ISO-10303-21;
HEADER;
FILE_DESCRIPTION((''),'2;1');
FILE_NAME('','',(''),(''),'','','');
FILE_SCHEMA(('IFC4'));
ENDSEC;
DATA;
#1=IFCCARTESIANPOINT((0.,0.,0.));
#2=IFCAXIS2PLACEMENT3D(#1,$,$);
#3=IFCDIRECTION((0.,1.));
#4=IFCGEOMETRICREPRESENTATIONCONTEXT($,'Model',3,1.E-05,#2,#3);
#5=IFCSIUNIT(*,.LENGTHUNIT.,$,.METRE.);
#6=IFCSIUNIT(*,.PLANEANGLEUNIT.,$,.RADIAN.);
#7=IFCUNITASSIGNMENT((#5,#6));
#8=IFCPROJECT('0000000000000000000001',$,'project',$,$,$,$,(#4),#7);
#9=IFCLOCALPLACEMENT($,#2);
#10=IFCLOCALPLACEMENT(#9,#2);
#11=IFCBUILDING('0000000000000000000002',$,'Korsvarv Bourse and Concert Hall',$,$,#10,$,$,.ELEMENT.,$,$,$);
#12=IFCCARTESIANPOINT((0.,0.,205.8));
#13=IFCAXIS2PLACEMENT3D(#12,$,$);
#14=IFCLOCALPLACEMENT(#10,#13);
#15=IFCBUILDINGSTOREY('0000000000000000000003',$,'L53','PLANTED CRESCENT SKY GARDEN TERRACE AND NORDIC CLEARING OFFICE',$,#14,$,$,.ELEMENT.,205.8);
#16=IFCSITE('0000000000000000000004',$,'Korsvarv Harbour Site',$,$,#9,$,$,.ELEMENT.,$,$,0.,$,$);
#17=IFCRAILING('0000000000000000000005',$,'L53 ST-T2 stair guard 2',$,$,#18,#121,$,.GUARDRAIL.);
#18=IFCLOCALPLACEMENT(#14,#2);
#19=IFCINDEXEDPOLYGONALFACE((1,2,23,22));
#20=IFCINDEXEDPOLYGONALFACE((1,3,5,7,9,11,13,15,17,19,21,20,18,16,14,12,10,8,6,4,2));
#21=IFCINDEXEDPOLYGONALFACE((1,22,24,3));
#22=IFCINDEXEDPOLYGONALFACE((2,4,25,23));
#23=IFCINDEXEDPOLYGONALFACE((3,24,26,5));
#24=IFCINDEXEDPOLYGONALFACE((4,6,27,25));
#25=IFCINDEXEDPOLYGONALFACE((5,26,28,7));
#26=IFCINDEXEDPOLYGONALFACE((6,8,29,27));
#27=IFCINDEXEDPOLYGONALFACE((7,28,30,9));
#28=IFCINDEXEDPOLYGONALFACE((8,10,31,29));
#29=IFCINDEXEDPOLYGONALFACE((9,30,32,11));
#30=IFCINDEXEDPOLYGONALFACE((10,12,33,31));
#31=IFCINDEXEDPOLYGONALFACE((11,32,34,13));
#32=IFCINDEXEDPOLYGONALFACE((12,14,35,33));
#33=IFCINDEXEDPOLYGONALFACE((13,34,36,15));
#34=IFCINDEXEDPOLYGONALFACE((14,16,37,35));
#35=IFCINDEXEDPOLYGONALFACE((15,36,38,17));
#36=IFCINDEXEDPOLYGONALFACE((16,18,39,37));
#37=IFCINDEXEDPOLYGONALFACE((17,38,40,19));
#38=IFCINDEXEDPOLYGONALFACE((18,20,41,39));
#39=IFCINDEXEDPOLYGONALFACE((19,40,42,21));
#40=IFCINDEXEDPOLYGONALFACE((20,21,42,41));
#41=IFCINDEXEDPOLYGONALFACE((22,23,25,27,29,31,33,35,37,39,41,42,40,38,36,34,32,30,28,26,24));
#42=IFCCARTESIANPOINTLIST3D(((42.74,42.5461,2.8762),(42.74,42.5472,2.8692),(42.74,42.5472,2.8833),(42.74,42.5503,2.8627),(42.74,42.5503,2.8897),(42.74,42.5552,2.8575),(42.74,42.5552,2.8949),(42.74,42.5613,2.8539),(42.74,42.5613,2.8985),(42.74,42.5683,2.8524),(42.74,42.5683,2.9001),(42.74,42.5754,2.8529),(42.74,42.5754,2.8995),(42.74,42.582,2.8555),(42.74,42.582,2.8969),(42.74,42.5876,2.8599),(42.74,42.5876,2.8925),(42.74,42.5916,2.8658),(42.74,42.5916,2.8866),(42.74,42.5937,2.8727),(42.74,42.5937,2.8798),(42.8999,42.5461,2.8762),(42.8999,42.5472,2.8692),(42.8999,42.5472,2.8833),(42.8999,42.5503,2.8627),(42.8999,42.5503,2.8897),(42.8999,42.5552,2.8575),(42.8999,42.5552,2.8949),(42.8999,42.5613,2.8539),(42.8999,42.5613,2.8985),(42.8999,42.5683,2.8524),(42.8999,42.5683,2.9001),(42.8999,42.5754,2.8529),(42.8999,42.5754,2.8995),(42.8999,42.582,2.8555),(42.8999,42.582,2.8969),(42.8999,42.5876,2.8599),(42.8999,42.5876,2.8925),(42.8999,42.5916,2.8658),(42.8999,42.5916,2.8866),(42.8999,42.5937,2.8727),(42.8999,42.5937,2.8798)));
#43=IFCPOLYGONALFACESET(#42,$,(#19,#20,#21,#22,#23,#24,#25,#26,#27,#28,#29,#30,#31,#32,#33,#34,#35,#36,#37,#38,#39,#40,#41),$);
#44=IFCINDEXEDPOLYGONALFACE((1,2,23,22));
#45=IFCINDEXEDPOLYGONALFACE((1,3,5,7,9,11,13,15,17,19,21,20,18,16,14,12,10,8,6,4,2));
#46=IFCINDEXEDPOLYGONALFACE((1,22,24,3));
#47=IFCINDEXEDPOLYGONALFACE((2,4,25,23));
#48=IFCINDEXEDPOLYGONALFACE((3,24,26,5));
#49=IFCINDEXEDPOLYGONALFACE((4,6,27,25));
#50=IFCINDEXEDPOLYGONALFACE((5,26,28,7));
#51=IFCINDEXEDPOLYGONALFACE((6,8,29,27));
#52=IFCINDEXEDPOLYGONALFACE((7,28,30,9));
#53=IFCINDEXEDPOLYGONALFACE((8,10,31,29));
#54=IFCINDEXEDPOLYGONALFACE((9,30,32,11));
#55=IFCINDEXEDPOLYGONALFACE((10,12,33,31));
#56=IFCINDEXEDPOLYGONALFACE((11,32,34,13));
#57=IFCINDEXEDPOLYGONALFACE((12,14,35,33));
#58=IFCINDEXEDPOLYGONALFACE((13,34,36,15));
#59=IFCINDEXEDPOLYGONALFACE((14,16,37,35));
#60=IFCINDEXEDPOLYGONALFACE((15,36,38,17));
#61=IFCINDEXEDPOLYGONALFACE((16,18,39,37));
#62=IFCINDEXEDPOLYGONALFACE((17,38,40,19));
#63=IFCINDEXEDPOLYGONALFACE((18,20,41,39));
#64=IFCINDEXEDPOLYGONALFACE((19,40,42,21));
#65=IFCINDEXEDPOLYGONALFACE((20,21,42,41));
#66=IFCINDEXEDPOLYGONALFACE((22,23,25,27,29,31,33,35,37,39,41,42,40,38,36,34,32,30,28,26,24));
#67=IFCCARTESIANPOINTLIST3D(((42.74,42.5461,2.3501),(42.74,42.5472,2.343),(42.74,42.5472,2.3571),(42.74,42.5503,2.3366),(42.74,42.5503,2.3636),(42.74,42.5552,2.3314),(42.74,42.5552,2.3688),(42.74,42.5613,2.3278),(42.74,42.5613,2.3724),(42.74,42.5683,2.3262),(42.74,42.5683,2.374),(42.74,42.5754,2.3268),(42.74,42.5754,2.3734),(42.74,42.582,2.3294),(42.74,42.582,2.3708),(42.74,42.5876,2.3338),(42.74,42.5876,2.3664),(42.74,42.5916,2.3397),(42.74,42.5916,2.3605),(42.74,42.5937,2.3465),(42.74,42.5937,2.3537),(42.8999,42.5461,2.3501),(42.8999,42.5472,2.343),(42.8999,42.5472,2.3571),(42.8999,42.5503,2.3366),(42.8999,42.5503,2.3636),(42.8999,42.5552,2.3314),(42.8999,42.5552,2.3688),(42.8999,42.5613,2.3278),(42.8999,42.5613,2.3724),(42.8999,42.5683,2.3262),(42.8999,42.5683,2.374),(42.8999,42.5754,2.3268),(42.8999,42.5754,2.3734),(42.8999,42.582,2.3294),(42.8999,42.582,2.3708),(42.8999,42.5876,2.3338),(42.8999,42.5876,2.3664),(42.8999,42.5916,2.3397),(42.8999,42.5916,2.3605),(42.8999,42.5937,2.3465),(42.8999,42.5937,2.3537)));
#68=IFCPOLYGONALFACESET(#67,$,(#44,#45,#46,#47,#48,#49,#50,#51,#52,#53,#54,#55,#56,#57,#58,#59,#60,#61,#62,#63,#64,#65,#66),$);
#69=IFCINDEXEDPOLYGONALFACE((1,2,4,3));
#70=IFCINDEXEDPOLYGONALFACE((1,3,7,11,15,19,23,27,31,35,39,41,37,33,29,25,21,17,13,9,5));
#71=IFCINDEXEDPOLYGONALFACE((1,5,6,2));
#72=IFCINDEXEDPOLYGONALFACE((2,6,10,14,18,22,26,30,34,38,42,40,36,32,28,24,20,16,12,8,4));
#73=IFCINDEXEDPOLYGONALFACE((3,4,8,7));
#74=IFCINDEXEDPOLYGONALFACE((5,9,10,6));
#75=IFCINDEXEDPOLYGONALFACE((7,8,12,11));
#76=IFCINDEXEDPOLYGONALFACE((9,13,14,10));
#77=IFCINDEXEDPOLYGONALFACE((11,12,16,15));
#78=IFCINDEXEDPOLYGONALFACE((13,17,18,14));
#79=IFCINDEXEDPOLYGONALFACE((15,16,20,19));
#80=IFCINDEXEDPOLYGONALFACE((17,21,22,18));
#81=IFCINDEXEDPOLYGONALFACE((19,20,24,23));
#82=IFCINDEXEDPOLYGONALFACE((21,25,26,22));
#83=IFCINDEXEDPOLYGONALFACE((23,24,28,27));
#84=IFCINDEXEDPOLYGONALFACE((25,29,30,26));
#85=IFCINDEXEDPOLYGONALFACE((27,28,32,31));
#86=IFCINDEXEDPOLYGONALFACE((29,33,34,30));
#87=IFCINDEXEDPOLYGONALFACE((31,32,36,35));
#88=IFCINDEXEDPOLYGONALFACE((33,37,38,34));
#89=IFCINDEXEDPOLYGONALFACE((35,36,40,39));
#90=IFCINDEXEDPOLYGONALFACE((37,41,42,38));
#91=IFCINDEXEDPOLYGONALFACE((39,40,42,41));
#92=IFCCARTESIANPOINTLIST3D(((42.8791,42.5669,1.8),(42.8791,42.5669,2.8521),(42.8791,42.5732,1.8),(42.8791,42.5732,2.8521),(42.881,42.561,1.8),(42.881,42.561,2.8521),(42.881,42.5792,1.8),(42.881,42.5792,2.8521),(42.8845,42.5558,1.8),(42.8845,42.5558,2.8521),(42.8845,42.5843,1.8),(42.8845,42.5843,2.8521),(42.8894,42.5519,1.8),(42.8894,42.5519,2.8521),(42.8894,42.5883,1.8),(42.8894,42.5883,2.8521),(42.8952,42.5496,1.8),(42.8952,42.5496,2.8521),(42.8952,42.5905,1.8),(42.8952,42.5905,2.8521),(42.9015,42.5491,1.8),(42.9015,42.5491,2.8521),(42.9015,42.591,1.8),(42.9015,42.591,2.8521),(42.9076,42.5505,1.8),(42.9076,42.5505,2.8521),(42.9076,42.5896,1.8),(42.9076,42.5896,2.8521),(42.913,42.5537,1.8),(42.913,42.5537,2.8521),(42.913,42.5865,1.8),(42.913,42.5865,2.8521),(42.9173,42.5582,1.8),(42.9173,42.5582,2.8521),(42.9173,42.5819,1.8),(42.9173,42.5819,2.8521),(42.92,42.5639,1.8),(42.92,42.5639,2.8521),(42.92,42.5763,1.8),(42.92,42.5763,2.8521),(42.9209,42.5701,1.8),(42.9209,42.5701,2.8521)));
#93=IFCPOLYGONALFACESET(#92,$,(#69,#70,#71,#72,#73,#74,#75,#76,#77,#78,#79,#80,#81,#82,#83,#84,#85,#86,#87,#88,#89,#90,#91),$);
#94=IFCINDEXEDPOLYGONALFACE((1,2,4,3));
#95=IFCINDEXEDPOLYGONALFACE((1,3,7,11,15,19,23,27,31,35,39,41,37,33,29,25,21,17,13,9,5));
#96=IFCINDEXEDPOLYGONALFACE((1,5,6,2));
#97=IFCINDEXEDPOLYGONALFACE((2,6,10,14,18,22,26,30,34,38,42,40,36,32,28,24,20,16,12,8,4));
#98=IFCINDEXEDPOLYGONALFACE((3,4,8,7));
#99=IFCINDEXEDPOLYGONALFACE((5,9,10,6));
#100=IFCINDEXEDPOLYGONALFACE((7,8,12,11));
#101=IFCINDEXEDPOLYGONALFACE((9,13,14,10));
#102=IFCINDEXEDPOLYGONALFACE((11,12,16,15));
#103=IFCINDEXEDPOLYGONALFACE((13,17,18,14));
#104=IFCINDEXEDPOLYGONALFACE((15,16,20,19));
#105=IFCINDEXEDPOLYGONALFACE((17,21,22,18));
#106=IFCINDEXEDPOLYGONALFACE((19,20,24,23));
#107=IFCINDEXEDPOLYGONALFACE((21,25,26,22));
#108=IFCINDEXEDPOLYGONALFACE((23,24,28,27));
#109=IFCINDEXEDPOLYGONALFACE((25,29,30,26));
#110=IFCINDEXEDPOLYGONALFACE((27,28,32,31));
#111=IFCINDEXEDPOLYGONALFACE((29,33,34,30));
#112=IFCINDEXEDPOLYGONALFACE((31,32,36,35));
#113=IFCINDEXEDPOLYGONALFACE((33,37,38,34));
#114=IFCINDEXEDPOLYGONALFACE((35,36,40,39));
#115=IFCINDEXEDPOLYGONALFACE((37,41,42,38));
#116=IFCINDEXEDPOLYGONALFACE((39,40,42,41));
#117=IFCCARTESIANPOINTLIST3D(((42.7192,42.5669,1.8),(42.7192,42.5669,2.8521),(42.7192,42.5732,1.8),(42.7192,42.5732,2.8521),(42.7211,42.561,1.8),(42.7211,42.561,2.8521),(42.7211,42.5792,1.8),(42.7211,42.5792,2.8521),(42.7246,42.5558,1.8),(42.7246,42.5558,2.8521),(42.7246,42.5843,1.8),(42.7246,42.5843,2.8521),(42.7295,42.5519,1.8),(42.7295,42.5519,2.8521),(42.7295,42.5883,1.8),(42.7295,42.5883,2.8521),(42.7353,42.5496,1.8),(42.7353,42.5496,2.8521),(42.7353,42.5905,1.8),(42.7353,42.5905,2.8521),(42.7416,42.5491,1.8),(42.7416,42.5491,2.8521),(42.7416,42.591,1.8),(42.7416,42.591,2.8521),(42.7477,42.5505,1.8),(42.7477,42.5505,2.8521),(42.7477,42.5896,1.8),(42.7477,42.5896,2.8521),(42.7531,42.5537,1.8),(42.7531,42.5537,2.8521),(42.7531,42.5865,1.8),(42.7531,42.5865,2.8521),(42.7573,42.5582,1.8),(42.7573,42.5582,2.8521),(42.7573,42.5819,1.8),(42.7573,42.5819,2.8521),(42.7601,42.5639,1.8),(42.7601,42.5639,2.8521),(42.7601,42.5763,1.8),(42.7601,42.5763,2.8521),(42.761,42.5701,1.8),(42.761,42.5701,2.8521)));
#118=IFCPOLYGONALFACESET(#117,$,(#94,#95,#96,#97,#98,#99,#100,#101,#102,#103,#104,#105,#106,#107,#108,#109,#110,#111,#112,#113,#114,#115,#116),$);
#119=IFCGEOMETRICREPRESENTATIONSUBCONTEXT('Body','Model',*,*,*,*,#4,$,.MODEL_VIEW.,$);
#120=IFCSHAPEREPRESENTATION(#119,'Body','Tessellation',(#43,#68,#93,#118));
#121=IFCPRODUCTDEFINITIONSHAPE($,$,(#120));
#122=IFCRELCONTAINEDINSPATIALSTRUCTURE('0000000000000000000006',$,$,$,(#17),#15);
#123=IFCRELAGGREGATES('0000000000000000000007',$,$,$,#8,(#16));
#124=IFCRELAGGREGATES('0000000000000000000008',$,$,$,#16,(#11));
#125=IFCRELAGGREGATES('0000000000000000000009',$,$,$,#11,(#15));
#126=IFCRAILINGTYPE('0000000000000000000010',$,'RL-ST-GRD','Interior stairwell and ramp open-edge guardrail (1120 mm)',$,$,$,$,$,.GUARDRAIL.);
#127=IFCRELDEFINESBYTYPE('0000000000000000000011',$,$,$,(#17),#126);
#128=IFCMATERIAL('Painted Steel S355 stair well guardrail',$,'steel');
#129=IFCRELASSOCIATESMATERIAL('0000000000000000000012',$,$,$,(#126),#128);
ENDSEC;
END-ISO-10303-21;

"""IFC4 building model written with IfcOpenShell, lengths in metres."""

from ifc_helpers import new_model, si_unit, direction, frame, origin, origin_2d, place, context, subcontext, project, spatial, circle, extrude, material, type_object, element, save


model = new_model("IFC4")

# Units and contexts
model_context = context("Model", 3, precision=1e-05, world=origin(), true_north=direction((0.0, 1.0)))
body_context = subcontext(model_context, "Body", "Model", "MODEL_VIEW")
ifc_project = project(units=[si_unit("LENGTHUNIT", "METRE"), si_unit("PLANEANGLEUNIT", "RADIAN")], contexts=[model_context])

# Site, building, storey
site_placement = place(None, origin())
site = spatial("IfcSite", under=ifc_project, at=site_placement, Name="Korsvarv Harbour Site", CompositionType="ELEMENT", RefElevation=0.0)
building_placement = place(site_placement, origin())
building = spatial("IfcBuilding", under=site, at=building_placement, Name="Korsvarv Bourse and Concert Hall", CompositionType="ELEMENT")
storey_placement = place(building_placement, frame((0.0, 0.0, 205.8)))
storey = spatial("IfcBuildingStorey", under=building, at=storey_placement, Name="L53", Description="PLANTED CRESCENT SKY GARDEN TERRACE AND NORDIC CLEARING OFFICE", CompositionType="ELEMENT", Elevation=205.8)

# Railing
ifc_material_1 = material(Name="Painted Steel S355 stair well guardrail", Category="steel")
railing_type_1 = type_object("IfcRailingType", Name="RL-ST-GRD", Description="Interior stairwell and ramp open-edge guardrail (1120 mm)", PredefinedType="GUARDRAIL", material=ifc_material_1)
railing_1_placement = place(storey_placement, frame((42.8999, 42.5701, 1.8)))
element("IfcRailing", 1, at=railing_1_placement, inside=storey, type_object=railing_type_1, Name="L53 ST-T2 stair guard 2", PredefinedType="GUARDRAIL", context=body_context, shape_type="SweptSolid", body=[
    extrude(circle(Radius=0.0239, at=origin_2d()), frame((0.0, 0.0, 1.0762), z_axis=(-1.0, 0.0, 0.0), x_axis=(0.0, -1.0, 0.0)), (0.0, 0.0, 1.0), 0.1599),
    extrude(circle(Radius=0.0239, at=origin_2d()), frame((0.0, 0.0, 0.55), z_axis=(-1.0, 0.0, 0.0), x_axis=(0.0, -1.0, 0.0)), (0.0, 0.0, 1.0), 0.1599),
    extrude(circle(Radius=0.021, at=origin_2d()), origin(), (0.0, 0.0, 1.0), 1.052),
    extrude(circle(Radius=0.021, at=origin_2d()), frame((-0.1599, 0.0, 0.0)), (0.0, 0.0, 1.0), 1.052),
])

save(model, "model.ifc")
